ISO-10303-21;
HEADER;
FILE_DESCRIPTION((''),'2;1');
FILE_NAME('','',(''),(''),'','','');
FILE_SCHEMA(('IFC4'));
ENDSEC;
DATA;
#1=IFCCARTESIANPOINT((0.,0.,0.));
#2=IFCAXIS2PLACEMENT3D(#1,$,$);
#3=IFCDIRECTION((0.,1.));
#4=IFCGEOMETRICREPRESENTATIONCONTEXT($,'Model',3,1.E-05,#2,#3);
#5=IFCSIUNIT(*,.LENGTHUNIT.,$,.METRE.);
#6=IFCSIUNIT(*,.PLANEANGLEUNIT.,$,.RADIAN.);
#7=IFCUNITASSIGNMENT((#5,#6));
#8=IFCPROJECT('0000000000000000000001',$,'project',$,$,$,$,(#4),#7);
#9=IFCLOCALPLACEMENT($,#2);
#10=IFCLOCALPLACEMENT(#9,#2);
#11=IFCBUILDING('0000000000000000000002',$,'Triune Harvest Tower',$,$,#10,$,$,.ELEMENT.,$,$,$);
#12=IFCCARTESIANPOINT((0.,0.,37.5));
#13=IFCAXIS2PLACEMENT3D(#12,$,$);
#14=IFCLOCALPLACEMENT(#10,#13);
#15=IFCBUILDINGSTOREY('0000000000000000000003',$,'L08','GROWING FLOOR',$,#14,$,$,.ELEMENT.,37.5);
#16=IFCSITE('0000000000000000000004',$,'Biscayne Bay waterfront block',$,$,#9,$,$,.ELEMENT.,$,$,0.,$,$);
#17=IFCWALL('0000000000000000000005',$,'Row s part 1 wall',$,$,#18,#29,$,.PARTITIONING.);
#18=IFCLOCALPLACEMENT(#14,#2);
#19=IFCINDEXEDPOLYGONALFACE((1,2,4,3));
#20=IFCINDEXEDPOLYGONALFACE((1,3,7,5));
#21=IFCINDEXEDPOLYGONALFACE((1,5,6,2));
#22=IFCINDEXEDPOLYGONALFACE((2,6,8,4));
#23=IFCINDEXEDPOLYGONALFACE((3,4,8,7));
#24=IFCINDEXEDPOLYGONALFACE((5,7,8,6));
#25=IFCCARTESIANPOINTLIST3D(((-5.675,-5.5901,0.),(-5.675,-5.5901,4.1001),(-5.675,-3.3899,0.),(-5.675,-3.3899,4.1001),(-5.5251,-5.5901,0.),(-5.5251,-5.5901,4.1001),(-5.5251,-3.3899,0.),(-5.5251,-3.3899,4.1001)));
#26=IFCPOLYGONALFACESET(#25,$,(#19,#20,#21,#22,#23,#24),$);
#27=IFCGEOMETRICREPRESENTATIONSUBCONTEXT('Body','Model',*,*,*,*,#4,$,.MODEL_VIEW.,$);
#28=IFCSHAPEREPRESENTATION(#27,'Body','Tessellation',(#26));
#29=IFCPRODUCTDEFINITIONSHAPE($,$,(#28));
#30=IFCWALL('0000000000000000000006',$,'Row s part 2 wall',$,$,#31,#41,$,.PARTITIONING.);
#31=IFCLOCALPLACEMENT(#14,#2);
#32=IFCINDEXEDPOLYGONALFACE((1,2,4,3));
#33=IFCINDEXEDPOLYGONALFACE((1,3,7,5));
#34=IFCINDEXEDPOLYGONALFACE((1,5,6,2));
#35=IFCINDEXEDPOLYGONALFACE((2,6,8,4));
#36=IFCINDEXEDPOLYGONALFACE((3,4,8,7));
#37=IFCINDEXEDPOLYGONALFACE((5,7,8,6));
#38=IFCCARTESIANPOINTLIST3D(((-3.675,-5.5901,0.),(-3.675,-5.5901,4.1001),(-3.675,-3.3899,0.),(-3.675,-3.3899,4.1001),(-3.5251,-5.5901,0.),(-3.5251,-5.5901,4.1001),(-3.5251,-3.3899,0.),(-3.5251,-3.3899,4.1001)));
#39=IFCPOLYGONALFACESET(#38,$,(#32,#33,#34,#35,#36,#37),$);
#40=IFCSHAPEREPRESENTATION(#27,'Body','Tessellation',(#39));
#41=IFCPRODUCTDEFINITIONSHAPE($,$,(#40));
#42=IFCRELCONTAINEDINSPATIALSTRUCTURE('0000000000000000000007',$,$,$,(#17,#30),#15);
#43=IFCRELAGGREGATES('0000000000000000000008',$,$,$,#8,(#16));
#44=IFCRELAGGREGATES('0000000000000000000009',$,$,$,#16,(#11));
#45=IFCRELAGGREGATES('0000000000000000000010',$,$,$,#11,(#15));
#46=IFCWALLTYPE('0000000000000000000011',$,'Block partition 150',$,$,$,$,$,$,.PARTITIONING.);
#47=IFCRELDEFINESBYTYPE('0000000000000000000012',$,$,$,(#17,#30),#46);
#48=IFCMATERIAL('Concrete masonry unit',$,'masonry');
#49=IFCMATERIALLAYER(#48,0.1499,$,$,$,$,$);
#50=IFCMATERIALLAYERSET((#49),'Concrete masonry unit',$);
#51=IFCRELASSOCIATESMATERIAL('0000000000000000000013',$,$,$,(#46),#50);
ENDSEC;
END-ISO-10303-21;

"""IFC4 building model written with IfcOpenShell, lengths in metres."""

from ifc_helpers import new_model, si_unit, direction, frame, frame_2d, origin, place, context, subcontext, project, spatial, rectangle, extrude, source, transform, mapped, material, layer, layer_set, type_object, element, save


model = new_model("IFC4")

# Units and contexts
model_context = context("Model", 3, precision=1e-05, world=origin(), true_north=direction((0.0, 1.0)))
body_context = subcontext(model_context, "Body", "Model", "MODEL_VIEW")
ifc_project = project(units=[si_unit("LENGTHUNIT", "METRE"), si_unit("PLANEANGLEUNIT", "RADIAN")], contexts=[model_context])

# Site, building, storey
site_placement = place(None, origin())
site = spatial("IfcSite", under=ifc_project, at=site_placement, Name="Biscayne Bay waterfront block", CompositionType="ELEMENT", RefElevation=0.0)
building_placement = place(site_placement, origin())
building = spatial("IfcBuilding", under=site, at=building_placement, Name="Triune Harvest Tower", CompositionType="ELEMENT")
storey_placement = place(building_placement, frame((0.0, 0.0, 37.5)))
storey = spatial("IfcBuildingStorey", under=building, at=storey_placement, Name="L08", Description="GROWING FLOOR", CompositionType="ELEMENT", Elevation=37.5)

# Walls
ifc_material_1 = material(Name="Concrete masonry unit", Category="masonry")
ifc_layer_1 = layer(ifc_material_1, 0.1499)
ifc_layer_set_1 = layer_set([ifc_layer_1], Name="Concrete masonry unit")
wall_type_1 = type_object("IfcWallType", Name="Block partition 150", PredefinedType="PARTITIONING", material=ifc_layer_set_1)
shared_shape_1 = source(origin(), body_context, "Body", "SweptSolid", [
    extrude(rectangle(XDim=2.2002, YDim=0.1499, at=frame_2d((1.1001, 0.0))), origin(), (0.0, 0.0, 1.0), 4.1001),
])
for number, where, z_axis, x_axis, name in (
    (1, (-5.6001, -5.5901, 0.0), (0.0, 0.0, 1.0), (0.0, 1.0, 0.0), "Row s part 1 wall"),
    (2, (-3.6001, -5.5901, 0.0), (0.0, 0.0, 1.0), (0.0, 1.0, 0.0), "Row s part 2 wall"),
):
    element("IfcWall", number, at=place(storey_placement, frame(where, z_axis=z_axis, x_axis=x_axis)), inside=storey, type_object=wall_type_1, Name=name, PredefinedType="PARTITIONING", context=body_context, shape_type="MappedRepresentation", body=[
        mapped(shared_shape_1, transform((0.0, 0.0, 0.0), scale=1.0)),
    ])

save(model, "model.ifc")
